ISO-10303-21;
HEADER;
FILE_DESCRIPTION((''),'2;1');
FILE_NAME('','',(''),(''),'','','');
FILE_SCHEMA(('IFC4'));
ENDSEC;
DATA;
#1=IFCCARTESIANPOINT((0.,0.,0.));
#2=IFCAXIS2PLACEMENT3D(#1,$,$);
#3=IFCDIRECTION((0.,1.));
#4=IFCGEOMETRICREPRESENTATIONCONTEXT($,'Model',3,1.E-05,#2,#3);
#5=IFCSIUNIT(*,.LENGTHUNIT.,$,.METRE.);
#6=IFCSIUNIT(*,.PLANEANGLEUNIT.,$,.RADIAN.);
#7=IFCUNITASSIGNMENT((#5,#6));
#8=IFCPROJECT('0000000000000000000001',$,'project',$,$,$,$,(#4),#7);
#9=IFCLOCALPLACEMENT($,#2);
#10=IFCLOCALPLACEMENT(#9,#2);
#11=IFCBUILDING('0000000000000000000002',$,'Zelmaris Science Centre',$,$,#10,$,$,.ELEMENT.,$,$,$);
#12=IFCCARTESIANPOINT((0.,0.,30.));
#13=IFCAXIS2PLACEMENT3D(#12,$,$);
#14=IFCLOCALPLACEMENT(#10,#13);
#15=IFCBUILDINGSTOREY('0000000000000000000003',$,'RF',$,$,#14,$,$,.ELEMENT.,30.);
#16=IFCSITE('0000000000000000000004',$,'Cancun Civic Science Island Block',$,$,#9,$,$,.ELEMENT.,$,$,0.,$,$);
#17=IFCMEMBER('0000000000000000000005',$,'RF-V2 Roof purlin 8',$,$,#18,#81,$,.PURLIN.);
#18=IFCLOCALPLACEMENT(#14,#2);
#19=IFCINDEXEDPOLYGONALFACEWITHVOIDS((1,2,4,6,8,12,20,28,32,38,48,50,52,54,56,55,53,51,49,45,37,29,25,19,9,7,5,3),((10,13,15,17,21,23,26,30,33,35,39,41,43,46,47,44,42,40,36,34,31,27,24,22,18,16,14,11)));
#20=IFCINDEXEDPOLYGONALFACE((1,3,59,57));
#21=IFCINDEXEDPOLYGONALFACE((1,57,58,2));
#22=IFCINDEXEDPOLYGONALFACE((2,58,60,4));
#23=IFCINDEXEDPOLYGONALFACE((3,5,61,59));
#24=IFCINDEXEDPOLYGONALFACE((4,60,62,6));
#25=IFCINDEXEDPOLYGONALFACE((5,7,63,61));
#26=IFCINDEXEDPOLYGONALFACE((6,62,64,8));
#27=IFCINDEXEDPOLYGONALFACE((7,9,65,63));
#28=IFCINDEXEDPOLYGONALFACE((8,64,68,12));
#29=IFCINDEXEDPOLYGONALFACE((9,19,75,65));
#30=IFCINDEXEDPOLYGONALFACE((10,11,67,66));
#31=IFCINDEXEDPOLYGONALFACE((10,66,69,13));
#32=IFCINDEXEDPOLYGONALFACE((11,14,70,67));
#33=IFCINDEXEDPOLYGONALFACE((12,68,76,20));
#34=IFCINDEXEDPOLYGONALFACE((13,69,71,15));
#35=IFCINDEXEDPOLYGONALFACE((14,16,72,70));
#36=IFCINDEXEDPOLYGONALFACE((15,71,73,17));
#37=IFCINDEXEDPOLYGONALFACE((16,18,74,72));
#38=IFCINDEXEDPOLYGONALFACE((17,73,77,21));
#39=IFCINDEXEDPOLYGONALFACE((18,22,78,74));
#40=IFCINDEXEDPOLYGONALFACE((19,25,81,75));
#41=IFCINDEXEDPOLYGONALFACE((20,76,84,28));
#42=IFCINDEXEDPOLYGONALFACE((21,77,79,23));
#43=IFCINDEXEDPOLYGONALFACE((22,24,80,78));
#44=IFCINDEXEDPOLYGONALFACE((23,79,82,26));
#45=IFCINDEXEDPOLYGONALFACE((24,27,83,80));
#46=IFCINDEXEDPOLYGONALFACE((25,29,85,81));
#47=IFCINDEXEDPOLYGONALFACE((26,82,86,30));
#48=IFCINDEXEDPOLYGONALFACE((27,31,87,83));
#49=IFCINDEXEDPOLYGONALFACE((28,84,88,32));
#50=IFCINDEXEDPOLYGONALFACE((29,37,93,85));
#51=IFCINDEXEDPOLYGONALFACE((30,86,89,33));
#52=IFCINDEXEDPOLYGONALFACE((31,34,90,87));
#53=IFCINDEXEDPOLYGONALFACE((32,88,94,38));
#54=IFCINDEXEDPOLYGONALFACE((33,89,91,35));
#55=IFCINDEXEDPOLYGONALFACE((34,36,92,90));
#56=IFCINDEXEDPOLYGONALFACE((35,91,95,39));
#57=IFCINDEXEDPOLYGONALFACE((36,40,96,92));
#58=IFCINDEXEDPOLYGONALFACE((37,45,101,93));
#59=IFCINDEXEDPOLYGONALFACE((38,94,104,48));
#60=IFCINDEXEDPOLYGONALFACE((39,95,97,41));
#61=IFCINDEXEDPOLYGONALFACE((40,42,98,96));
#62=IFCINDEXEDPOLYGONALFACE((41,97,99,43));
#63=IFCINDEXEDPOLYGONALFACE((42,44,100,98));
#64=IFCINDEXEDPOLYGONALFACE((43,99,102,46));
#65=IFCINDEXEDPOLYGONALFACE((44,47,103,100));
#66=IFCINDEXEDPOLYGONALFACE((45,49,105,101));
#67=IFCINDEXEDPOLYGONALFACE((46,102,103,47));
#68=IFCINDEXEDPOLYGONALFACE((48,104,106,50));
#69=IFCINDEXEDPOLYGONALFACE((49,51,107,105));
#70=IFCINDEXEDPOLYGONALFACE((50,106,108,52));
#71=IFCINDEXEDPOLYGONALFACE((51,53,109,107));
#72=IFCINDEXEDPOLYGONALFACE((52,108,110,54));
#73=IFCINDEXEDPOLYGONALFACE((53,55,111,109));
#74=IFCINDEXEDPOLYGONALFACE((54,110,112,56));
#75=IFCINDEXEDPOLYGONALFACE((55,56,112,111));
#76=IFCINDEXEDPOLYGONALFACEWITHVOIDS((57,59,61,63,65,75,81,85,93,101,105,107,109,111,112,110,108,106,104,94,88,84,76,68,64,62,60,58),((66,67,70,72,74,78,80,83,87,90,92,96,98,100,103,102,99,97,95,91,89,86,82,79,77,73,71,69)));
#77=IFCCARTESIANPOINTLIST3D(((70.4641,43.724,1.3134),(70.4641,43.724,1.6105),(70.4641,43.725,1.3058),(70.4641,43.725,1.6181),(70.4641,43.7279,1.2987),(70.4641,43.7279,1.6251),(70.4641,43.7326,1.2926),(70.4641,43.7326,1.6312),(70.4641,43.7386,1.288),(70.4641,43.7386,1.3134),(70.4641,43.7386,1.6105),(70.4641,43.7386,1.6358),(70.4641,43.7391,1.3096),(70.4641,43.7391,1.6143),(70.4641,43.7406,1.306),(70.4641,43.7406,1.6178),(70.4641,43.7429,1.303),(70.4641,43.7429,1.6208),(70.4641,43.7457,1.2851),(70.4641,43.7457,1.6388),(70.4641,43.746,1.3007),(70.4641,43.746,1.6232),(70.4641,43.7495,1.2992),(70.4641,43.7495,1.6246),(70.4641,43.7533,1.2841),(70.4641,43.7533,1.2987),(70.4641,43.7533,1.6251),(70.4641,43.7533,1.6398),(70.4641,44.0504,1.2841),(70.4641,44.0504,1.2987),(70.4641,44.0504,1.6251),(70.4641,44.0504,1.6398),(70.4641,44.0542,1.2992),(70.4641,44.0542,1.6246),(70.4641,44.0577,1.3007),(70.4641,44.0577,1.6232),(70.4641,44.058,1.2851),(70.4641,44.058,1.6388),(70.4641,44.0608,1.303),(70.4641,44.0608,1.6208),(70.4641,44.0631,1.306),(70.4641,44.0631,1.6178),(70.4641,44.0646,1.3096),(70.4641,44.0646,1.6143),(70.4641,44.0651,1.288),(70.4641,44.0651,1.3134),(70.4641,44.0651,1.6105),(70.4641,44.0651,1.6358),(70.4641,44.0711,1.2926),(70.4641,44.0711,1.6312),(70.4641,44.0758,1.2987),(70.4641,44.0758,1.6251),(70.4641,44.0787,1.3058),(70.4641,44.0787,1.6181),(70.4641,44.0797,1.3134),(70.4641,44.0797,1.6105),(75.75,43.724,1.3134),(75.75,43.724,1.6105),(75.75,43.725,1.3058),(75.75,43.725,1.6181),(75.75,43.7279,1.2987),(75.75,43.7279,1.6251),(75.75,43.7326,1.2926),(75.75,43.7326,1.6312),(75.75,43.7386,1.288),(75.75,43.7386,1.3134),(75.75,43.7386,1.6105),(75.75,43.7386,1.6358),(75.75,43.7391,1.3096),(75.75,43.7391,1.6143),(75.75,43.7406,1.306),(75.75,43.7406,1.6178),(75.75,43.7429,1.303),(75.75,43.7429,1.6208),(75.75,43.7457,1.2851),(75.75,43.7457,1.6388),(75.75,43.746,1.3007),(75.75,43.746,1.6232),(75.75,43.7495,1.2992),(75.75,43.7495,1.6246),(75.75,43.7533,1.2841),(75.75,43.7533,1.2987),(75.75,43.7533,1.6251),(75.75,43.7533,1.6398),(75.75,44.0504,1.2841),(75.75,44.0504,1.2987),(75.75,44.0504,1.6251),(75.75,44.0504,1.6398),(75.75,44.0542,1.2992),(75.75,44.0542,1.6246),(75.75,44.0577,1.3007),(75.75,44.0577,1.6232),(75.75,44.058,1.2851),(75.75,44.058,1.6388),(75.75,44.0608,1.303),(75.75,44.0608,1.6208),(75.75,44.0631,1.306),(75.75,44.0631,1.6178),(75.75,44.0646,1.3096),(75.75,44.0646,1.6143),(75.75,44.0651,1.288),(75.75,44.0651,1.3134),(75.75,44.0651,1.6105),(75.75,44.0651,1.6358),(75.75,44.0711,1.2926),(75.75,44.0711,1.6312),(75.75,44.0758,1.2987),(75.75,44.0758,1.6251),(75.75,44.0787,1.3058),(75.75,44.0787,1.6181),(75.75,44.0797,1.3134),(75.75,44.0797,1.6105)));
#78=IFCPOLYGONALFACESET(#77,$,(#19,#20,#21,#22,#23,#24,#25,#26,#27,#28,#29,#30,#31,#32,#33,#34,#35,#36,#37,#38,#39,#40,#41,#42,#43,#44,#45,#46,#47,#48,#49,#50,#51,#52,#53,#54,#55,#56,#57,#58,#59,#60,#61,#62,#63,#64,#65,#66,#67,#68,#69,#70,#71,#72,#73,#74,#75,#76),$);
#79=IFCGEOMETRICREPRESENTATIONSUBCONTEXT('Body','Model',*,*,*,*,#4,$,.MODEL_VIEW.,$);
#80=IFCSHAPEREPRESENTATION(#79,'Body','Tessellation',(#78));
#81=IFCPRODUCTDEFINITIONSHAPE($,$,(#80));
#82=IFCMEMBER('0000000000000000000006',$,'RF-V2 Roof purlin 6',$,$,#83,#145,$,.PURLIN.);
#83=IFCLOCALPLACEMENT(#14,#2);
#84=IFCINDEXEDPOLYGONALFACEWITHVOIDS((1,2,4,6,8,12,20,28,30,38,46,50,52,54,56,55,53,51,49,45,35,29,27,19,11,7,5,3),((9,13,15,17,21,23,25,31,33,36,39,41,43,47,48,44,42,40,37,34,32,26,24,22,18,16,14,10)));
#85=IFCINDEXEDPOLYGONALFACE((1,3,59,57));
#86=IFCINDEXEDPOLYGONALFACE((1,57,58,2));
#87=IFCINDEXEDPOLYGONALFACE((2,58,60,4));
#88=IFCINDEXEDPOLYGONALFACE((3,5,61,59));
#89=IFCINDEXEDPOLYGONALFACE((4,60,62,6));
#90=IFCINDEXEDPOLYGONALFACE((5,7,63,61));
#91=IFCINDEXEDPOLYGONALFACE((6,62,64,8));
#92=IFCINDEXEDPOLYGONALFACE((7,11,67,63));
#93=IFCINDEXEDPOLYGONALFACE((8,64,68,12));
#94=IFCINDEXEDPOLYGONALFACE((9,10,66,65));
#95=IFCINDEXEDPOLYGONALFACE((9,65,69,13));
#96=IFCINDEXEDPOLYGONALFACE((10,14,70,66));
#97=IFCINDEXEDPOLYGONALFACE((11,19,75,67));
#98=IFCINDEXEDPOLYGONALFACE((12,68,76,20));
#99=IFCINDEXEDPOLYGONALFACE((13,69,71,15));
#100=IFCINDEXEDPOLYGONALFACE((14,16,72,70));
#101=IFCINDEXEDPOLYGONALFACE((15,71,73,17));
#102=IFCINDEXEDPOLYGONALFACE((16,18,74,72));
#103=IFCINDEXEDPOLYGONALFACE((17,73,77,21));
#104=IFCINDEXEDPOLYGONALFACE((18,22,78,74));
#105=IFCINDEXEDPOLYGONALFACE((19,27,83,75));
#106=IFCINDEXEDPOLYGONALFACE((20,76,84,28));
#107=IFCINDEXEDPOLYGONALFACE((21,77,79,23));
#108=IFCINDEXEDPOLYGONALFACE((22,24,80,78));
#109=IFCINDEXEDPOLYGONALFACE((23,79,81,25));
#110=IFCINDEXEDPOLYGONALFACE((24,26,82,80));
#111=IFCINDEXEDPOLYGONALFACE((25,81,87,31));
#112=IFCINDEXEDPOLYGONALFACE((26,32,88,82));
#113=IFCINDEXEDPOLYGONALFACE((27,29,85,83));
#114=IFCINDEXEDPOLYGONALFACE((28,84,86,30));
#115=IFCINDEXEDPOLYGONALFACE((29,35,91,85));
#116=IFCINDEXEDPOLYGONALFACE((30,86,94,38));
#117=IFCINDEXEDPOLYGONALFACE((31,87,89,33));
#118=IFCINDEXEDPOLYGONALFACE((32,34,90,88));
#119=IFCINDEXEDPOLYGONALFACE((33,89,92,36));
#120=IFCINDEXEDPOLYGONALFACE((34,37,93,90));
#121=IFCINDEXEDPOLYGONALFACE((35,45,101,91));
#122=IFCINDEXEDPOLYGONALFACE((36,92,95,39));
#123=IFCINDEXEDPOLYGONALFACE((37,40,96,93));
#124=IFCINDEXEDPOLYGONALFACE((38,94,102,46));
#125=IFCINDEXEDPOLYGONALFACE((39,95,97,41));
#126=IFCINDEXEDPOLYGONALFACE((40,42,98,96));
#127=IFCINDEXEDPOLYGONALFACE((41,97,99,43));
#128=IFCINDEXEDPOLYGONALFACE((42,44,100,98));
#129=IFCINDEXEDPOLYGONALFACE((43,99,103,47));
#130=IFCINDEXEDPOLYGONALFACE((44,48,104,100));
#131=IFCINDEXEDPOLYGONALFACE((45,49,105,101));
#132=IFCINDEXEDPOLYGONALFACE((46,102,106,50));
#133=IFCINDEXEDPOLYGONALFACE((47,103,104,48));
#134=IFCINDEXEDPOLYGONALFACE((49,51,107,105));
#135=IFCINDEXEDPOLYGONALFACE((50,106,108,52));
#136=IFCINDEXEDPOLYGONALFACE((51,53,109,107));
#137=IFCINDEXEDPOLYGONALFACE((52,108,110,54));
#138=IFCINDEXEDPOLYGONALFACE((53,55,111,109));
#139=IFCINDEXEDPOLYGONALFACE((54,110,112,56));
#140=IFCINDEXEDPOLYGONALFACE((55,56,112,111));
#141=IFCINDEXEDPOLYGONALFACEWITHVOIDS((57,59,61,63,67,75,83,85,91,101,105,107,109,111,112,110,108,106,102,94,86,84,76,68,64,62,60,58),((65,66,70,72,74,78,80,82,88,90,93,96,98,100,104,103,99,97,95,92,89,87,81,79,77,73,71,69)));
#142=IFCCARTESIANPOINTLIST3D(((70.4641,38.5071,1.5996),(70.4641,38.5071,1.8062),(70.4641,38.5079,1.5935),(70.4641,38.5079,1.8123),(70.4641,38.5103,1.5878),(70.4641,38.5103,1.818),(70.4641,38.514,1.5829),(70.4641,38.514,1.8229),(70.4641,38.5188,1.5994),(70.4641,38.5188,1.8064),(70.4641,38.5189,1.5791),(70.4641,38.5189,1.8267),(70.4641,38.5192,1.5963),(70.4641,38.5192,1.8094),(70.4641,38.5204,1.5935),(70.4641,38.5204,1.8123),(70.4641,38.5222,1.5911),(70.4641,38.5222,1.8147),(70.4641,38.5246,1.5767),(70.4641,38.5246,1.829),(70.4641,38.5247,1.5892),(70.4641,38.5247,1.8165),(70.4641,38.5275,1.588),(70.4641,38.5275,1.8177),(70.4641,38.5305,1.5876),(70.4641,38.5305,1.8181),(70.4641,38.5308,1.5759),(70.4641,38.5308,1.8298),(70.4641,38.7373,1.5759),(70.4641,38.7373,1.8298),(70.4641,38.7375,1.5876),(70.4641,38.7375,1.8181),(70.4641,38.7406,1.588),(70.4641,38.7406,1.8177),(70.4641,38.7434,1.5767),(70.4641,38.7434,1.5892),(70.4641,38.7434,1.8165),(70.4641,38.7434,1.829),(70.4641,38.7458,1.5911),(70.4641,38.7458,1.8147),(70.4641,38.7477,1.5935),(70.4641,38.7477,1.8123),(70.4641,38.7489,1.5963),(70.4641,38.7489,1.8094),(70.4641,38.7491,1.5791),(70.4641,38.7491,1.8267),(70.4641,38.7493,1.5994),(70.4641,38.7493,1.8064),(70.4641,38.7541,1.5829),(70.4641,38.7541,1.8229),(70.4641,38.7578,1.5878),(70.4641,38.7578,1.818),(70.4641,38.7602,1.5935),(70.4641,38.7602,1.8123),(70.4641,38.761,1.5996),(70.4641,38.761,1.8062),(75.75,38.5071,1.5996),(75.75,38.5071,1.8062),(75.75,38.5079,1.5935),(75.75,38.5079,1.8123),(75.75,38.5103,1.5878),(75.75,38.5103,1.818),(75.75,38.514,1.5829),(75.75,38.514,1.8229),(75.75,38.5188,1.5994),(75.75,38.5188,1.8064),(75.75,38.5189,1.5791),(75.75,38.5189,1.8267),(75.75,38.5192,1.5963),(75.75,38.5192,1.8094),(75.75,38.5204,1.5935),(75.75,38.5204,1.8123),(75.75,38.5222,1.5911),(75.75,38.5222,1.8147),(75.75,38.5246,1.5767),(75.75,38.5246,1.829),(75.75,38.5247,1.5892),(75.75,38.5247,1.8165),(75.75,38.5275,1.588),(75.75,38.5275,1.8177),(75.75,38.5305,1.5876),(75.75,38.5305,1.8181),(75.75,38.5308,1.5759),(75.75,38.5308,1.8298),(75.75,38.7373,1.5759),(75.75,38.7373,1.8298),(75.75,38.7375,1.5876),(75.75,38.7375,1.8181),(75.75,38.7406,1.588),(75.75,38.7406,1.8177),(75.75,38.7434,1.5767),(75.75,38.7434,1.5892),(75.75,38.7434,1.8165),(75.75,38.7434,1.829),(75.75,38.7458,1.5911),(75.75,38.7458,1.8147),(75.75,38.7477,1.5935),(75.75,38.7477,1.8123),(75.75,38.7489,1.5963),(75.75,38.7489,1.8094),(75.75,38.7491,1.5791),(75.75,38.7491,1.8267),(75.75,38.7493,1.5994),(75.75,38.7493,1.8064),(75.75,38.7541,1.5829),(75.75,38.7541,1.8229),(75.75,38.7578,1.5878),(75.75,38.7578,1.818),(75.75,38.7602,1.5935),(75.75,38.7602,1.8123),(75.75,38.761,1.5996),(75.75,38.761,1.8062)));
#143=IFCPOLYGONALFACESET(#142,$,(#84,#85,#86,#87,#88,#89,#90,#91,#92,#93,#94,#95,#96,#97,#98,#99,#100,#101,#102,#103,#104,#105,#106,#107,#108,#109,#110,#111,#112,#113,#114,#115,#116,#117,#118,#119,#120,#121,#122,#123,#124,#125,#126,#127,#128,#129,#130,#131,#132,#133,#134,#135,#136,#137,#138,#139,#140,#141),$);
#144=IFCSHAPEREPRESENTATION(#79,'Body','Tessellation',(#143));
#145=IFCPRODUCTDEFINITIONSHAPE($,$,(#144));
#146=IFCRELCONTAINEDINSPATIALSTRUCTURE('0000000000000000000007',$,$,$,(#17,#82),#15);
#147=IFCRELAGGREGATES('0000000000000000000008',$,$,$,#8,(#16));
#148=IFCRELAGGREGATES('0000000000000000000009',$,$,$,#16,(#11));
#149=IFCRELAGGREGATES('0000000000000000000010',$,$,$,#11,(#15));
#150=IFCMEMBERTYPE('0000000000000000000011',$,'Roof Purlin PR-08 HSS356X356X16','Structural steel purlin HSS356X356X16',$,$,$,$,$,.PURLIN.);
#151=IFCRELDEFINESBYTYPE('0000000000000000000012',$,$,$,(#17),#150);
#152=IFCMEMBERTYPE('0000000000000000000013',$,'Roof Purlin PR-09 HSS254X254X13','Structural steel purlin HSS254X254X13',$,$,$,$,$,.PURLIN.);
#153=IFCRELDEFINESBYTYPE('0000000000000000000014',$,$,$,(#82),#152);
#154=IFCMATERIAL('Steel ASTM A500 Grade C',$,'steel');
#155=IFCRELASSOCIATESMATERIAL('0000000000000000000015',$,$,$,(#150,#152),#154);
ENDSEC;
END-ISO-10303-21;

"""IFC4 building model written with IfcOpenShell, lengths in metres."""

from ifc_helpers import new_model, si_unit, direction, frame, origin, origin_2d, place, context, subcontext, project, spatial, hollow_rectangle, extrude, material, material_profile, profile_set, type_object, element, save


model = new_model("IFC4")

# Units and contexts
model_context = context("Model", 3, precision=1e-05, world=origin(), true_north=direction((0.0, 1.0)))
body_context = subcontext(model_context, "Body", "Model", "MODEL_VIEW")
ifc_project = project(units=[si_unit("LENGTHUNIT", "METRE"), si_unit("PLANEANGLEUNIT", "RADIAN")], contexts=[model_context])

# Site, building, storey
site_placement = place(None, origin())
site = spatial("IfcSite", under=ifc_project, at=site_placement, Name="Cancun Civic Science Island Block", CompositionType="ELEMENT", RefElevation=0.0)
building_placement = place(site_placement, origin())
building = spatial("IfcBuilding", under=site, at=building_placement, Name="Zelmaris Science Centre", CompositionType="ELEMENT")
storey_placement = place(building_placement, frame((0.0, 0.0, 30.0)))
storey = spatial("IfcBuildingStorey", under=building, at=storey_placement, Name="RF", CompositionType="ELEMENT", Elevation=30.0)

# Shared definitions
ifc_material_1 = material(Name="Steel ASTM A500 Grade C", Category="steel")

# Members
ifc_material_profile_1 = material_profile(ifc_material_1, hollow_rectangle(XDim=0.3557, YDim=0.3557, WallThickness=0.0146, InnerFilletRadius=0.0146, OuterFilletRadius=0.0293, at=origin_2d()), Name="HSS356X356X16")
ifc_profile_set_1 = profile_set([ifc_material_profile_1], Name="Steel ASTM A500 Grade C")
member_type_1 = type_object("IfcMemberType", Name="Roof Purlin PR-08 HSS356X356X16", Description="Structural steel purlin HSS356X356X16", PredefinedType="PURLIN", material=ifc_profile_set_1)
for number, where, z_axis, x_axis, name in (
    (1, (70.4641, 43.9019, 1.4619), (1.0, 0.0, 0.0), (0.0, 1.0, 0.0), "RF-V2 Roof purlin 8"),
):
    element("IfcMember", number, at=place(storey_placement, frame(where, z_axis=z_axis, x_axis=x_axis)), inside=storey, type_object=member_type_1, Name=name, PredefinedType="PURLIN", context=body_context, shape_type="SweptSolid", body=[
        extrude(hollow_rectangle(XDim=0.3557, YDim=0.3557, WallThickness=0.0146, InnerFilletRadius=0.0146, OuterFilletRadius=0.0293, at=origin_2d()), origin(), (0.0, 0.0, 1.0), 5.2859),
    ])
ifc_material_profile_2 = material_profile(ifc_material_1, hollow_rectangle(XDim=0.2539, YDim=0.2539, WallThickness=0.0117, InnerFilletRadius=0.0117, OuterFilletRadius=0.0237, at=origin_2d()), Name="HSS254X254X13")
ifc_profile_set_2 = profile_set([ifc_material_profile_2], Name="Steel ASTM A500 Grade C")
member_type_2 = type_object("IfcMemberType", Name="Roof Purlin PR-09 HSS254X254X13", Description="Structural steel purlin HSS254X254X13", PredefinedType="PURLIN", material=ifc_profile_set_2)
member_1_placement = place(storey_placement, frame((70.4641, 38.634, 1.7029), z_axis=(1.0, 0.0, 0.0), x_axis=(0.0, 1.0, 0.0)))
element("IfcMember", 2, at=member_1_placement, inside=storey, type_object=member_type_2, Name="RF-V2 Roof purlin 6", PredefinedType="PURLIN", context=body_context, shape_type="SweptSolid", body=[
    extrude(hollow_rectangle(XDim=0.2539, YDim=0.2539, WallThickness=0.0117, InnerFilletRadius=0.0117, OuterFilletRadius=0.0237, at=origin_2d()), origin(), (0.0, 0.0, 1.0), 5.2859),
])

save(model, "model.ifc")
